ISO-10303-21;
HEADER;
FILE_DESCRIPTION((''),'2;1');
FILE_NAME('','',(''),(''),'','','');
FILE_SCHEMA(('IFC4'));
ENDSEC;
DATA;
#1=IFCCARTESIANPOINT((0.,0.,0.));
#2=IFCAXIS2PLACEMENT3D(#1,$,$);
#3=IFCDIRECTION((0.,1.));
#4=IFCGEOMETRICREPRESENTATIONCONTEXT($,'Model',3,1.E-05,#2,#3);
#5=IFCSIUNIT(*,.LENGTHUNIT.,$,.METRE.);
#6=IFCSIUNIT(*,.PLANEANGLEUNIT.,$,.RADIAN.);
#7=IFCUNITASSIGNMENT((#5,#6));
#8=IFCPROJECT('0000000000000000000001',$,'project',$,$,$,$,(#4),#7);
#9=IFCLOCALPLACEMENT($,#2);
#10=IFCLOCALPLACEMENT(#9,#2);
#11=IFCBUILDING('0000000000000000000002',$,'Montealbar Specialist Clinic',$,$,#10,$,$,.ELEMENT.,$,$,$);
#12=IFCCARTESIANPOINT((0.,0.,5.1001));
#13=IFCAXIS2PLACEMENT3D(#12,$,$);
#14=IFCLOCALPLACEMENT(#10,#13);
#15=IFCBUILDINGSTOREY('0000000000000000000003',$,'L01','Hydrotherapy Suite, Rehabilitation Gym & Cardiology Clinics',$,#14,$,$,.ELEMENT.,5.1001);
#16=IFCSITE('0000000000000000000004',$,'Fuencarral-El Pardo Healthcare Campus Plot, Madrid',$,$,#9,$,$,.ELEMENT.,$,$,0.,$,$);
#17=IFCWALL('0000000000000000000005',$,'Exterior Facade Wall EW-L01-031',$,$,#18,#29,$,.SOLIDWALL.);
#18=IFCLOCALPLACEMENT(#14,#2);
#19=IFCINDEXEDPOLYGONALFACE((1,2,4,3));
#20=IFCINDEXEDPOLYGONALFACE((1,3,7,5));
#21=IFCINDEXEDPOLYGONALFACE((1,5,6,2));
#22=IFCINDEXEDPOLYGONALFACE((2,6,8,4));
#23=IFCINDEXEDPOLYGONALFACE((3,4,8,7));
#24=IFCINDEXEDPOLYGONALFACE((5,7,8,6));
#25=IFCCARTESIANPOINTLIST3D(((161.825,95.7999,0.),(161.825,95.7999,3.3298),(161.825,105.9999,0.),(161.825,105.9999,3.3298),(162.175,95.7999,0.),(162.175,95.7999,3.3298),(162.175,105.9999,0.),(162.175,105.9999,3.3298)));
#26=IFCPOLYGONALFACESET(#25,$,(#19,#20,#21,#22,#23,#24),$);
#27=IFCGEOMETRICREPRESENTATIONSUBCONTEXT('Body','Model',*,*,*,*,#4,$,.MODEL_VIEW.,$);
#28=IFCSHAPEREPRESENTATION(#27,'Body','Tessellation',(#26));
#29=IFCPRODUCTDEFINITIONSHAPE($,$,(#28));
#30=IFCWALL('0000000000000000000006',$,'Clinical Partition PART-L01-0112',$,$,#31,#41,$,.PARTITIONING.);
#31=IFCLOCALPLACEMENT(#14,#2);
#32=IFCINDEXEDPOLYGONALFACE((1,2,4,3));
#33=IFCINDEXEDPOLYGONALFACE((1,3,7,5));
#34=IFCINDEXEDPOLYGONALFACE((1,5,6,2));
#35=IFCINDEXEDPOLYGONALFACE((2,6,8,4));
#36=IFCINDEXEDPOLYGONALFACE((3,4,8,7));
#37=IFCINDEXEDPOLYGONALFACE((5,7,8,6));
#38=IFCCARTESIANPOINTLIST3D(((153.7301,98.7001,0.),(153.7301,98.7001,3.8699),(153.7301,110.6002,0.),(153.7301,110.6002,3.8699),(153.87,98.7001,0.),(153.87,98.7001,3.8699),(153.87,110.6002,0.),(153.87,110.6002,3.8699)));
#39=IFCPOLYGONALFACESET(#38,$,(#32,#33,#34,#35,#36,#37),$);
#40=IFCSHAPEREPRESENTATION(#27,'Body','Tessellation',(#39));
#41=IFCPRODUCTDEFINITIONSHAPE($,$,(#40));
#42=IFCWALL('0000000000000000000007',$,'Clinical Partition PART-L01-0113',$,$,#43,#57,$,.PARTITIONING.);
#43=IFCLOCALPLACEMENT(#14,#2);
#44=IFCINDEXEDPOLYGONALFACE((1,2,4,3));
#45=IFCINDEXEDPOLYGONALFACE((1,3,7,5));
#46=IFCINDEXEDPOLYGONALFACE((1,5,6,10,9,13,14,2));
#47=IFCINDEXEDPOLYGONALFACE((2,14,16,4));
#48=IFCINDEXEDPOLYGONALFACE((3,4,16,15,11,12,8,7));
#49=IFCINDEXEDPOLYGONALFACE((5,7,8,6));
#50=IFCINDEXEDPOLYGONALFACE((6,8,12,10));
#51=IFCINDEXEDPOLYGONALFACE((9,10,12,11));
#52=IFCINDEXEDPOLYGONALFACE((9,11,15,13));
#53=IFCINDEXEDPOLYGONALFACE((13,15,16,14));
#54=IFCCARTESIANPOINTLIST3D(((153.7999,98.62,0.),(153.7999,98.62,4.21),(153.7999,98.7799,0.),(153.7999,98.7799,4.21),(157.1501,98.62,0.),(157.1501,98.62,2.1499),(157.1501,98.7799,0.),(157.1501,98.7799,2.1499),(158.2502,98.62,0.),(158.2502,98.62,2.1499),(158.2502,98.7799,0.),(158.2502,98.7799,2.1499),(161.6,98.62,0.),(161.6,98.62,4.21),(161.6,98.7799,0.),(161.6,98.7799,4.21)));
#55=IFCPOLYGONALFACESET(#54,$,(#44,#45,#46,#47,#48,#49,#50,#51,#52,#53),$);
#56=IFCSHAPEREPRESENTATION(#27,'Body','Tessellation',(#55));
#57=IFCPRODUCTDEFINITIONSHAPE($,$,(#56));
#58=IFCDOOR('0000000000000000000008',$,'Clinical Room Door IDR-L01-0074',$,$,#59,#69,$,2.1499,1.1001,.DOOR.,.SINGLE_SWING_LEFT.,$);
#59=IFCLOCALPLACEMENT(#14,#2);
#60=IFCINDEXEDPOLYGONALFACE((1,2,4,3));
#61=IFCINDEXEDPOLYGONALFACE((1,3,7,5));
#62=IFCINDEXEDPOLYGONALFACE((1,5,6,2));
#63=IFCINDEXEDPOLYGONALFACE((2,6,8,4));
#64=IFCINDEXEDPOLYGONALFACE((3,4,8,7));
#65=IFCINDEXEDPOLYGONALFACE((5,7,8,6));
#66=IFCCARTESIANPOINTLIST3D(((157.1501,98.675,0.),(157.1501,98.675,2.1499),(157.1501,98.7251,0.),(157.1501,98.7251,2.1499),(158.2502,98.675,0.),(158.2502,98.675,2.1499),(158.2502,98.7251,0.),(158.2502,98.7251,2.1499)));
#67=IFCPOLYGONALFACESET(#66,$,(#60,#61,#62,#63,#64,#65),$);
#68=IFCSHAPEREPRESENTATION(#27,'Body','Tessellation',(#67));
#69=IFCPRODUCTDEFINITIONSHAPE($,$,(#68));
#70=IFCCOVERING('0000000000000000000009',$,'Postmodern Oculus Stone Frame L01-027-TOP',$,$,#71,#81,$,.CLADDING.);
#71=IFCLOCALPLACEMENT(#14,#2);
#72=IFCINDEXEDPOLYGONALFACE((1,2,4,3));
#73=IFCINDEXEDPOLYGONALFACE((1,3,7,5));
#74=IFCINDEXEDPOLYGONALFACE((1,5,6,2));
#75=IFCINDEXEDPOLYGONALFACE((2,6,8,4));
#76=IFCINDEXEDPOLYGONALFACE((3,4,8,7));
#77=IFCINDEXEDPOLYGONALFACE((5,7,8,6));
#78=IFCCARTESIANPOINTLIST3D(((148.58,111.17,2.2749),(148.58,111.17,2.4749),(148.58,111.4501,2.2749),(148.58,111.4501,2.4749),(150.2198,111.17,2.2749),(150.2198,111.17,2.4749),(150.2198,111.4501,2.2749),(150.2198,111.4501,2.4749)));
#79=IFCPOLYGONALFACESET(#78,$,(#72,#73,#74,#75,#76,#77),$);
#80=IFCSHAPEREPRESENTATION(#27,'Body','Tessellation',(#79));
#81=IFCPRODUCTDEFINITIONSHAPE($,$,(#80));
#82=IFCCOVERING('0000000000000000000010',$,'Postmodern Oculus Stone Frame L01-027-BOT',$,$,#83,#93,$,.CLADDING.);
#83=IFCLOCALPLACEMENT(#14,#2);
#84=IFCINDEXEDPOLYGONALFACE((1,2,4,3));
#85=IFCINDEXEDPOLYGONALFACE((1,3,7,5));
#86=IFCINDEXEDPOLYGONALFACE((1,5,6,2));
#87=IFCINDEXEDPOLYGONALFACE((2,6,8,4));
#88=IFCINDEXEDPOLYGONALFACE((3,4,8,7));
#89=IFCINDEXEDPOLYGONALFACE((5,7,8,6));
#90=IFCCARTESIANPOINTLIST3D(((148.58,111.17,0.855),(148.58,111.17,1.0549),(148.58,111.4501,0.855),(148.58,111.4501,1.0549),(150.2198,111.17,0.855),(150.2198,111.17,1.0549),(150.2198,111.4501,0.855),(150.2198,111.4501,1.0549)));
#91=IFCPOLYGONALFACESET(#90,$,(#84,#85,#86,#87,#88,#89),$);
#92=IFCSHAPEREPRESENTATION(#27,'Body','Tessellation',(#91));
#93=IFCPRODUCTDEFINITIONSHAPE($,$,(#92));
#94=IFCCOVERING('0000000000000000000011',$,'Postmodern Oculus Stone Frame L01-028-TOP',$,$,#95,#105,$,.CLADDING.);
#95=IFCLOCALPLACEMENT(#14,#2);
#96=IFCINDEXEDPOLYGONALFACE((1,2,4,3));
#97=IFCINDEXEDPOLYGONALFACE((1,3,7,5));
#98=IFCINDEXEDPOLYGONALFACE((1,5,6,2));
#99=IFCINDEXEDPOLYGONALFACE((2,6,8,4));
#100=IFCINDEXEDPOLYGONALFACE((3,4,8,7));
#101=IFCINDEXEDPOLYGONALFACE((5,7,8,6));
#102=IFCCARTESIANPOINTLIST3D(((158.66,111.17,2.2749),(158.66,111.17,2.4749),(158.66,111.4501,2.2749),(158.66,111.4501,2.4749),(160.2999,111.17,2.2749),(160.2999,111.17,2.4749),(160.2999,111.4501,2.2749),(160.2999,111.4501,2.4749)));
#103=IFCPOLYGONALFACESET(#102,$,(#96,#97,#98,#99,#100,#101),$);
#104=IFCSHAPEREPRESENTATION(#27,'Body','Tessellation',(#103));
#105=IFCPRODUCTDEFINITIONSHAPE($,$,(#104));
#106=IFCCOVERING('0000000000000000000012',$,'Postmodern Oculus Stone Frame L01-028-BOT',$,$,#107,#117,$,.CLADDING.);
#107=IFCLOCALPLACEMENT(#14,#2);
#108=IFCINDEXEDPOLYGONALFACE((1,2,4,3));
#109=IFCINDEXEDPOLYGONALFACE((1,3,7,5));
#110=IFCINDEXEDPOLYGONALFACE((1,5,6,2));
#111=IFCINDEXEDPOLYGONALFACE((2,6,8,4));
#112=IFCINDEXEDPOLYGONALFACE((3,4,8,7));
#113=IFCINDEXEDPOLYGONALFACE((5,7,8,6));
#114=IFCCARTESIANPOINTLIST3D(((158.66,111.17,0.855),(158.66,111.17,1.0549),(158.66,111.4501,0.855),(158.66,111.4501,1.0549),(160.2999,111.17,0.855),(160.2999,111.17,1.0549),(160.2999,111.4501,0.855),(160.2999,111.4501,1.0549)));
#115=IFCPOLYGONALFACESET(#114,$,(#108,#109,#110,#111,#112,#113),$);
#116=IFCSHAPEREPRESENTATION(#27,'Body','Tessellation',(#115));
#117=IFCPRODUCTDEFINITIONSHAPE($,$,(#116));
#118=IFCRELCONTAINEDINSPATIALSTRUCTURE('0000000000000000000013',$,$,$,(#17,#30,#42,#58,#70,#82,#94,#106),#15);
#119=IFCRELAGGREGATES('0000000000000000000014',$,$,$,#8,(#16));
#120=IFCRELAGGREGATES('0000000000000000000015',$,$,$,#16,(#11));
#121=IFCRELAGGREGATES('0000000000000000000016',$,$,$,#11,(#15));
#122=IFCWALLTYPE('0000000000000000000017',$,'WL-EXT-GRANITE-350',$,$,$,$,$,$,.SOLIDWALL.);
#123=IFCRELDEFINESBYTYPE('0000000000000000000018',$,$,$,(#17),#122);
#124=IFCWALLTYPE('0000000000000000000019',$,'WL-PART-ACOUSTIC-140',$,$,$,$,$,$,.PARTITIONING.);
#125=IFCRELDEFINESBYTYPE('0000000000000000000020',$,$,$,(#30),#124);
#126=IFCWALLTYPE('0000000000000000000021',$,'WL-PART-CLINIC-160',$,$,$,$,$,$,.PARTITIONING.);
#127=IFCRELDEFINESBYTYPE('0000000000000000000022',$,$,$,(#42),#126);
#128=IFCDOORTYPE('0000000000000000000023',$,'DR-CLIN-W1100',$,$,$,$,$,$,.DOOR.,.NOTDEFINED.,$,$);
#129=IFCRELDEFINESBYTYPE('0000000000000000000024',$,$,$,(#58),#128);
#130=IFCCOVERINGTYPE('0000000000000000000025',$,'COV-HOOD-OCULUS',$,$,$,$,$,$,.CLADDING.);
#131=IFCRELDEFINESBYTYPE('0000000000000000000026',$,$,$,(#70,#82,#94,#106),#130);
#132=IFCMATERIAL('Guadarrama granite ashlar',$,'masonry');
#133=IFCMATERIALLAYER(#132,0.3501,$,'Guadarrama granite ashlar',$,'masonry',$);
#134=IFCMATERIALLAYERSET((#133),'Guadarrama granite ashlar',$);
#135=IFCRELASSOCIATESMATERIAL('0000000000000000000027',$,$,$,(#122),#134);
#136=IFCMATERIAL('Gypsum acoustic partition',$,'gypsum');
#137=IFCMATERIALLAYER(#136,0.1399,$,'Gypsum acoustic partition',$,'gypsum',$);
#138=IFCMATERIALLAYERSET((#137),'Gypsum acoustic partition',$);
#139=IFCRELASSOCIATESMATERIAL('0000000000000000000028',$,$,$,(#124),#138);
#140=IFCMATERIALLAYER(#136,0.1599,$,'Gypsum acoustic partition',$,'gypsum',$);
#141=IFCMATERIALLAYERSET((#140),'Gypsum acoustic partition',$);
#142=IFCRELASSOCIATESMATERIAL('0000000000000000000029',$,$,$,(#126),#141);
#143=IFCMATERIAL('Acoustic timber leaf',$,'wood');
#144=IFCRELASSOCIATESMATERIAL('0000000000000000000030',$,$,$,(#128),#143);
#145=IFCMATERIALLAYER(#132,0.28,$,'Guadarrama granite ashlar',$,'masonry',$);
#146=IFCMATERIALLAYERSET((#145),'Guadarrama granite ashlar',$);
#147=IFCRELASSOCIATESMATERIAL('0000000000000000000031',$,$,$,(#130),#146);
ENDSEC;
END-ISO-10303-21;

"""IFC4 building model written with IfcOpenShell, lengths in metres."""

from ifc_helpers import new_model, si_unit, direction, frame, frame_2d, origin, origin_2d, place, context, subcontext, project, spatial, rectangle, extrude, material, layer, layer_set, type_object, element, fill, save


model = new_model("IFC4")

# Units and contexts
model_context = context("Model", 3, precision=1e-05, world=origin(), true_north=direction((0.0, 1.0)))
body_context = subcontext(model_context, "Body", "Model", "MODEL_VIEW")
ifc_project = project(units=[si_unit("LENGTHUNIT", "METRE"), si_unit("PLANEANGLEUNIT", "RADIAN")], contexts=[model_context])

# Site, building, storey
site_placement = place(None, origin())
site = spatial("IfcSite", under=ifc_project, at=site_placement, Name="Fuencarral-El Pardo Healthcare Campus Plot, Madrid", CompositionType="ELEMENT", RefElevation=0.0)
building_placement = place(site_placement, origin())
building = spatial("IfcBuilding", under=site, at=building_placement, Name="Montealbar Specialist Clinic", CompositionType="ELEMENT")
storey_placement = place(building_placement, frame((0.0, 0.0, 5.1001)))
storey = spatial("IfcBuildingStorey", under=building, at=storey_placement, Name="L01", Description="Hydrotherapy Suite, Rehabilitation Gym & Cardiology Clinics", CompositionType="ELEMENT", Elevation=5.1001)

# Shared definitions
ifc_material_1 = material(Name="Guadarrama granite ashlar", Category="masonry")

# Shared definitions
ifc_layer_1 = layer(ifc_material_1, 0.3501, Name="Guadarrama granite ashlar", Category="masonry")
ifc_layer_set_1 = layer_set([ifc_layer_1], Name="Guadarrama granite ashlar")
wall_type_1 = type_object("IfcWallType", Name="WL-EXT-GRANITE-350", PredefinedType="SOLIDWALL", material=ifc_layer_set_1)

# Walls
wall_1_placement = place(storey_placement, frame((162.0, 106.0, 0.0), z_axis=(0.0, 0.0, 1.0), x_axis=(0.0, -1.0, 0.0)))
element("IfcWall", 1, at=wall_1_placement, inside=storey, type_object=wall_type_1, Name="Exterior Facade Wall EW-L01-031", PredefinedType="SOLIDWALL", context=body_context, shape_type="SweptSolid", body=[
    extrude(rectangle(XDim=10.2, YDim=0.3501, at=frame_2d((5.1001, 0.0))), origin(), (0.0, 0.0, 1.0), 3.3298),
])
ifc_material_2 = material(Name="Gypsum acoustic partition", Category="gypsum")
ifc_layer_2 = layer(ifc_material_2, 0.1399, Name="Gypsum acoustic partition", Category="gypsum")
ifc_layer_set_2 = layer_set([ifc_layer_2], Name="Gypsum acoustic partition")
wall_type_2 = type_object("IfcWallType", Name="WL-PART-ACOUSTIC-140", PredefinedType="PARTITIONING", material=ifc_layer_set_2)
wall_2_placement = place(storey_placement, frame((153.8, 98.7, 0.0), z_axis=(0.0, 0.0, 1.0), x_axis=(0.0, 1.0, 0.0)))
element("IfcWall", 2, at=wall_2_placement, inside=storey, type_object=wall_type_2, Name="Clinical Partition PART-L01-0112", PredefinedType="PARTITIONING", context=body_context, shape_type="SweptSolid", body=[
    extrude(rectangle(XDim=11.9001, YDim=0.1399, at=frame_2d((5.9502, 0.0))), origin(), (0.0, 0.0, 1.0), 3.8699),
])

# Wall, opening, door
ifc_layer_3 = layer(ifc_material_2, 0.1599, Name="Gypsum acoustic partition", Category="gypsum")
ifc_layer_set_3 = layer_set([ifc_layer_3], Name="Gypsum acoustic partition")
wall_type_3 = type_object("IfcWallType", Name="WL-PART-CLINIC-160", PredefinedType="PARTITIONING", material=ifc_layer_set_3)
wall_3_placement = place(storey_placement, frame((153.8, 98.7, 0.0), z_axis=(0.0, 0.0, 1.0), x_axis=(1.0, 0.0, 0.0)))
wall_3 = element("IfcWall", 3, at=wall_3_placement, inside=storey, type_object=wall_type_3, Name="Clinical Partition PART-L01-0113", PredefinedType="PARTITIONING", context=body_context, shape_type="SweptSolid", body=[
    extrude(rectangle(XDim=7.8, YDim=0.1599, at=frame_2d((3.8999, 0.0))), origin(), (0.0, 0.0, 1.0), 4.21),
])
opening_1_placement = place(wall_3_placement, frame((3.3501, 0.0, 0.0)))
opening_1 = element("IfcOpeningElement", 4, at=opening_1_placement, cuts=wall_3, PredefinedType="OPENING", context=body_context, shape_type="SweptSolid", body=[
    extrude(rectangle(XDim=1.1001, YDim=2.1499, at=frame_2d((0.55, 1.075))), frame((0.0, 0.0898, 0.0), z_axis=(0.0, -1.0, 0.0), x_axis=(1.0, 0.0, 0.0)), (0.0, 0.0, 1.0), 0.1799),
])
ifc_material_3 = material(Name="Acoustic timber leaf", Category="wood")
door_type = type_object("IfcDoorType", Name="DR-CLIN-W1100", OperationType="NOTDEFINED", PredefinedType="DOOR", material=ifc_material_3)
door_placement = place(opening_1_placement, frame((1.1001, 0.0, 0.0), z_axis=(0.0, 0.0, 1.0), x_axis=(-1.0, 0.0, 0.0)))
door = element("IfcDoor", 5, at=door_placement, inside=storey, type_object=door_type, Name="Clinical Room Door IDR-L01-0074", OperationType="SINGLE_SWING_LEFT", OverallHeight=2.1499, OverallWidth=1.1001, PredefinedType="DOOR", context=body_context, shape_type="SweptSolid", body=[
    extrude(rectangle(XDim=1.1001, YDim=2.1499, at=frame_2d((0.55, 1.075))), frame((0.0, 0.0249, 0.0), z_axis=(0.0, -1.0, 0.0), x_axis=(1.0, 0.0, 0.0)), (0.0, 0.0, 1.0), 0.05),
])
fill(opening_1, door)

# Coverings
ifc_layer_4 = layer(ifc_material_1, 0.28, Name="Guadarrama granite ashlar", Category="masonry")
ifc_layer_set_4 = layer_set([ifc_layer_4], Name="Guadarrama granite ashlar")
covering_type = type_object("IfcCoveringType", Name="COV-HOOD-OCULUS", PredefinedType="CLADDING", material=ifc_layer_set_4)
for number, where, z_axis, x_axis, name in (
    (6, (149.3999, 111.3101, 2.2749), (0.0, 0.0, 1.0), (1.0, 0.0, 0.0), "Postmodern Oculus Stone Frame L01-027-TOP"),
    (7, (149.3999, 111.3101, 0.855), (0.0, 0.0, 1.0), (1.0, 0.0, 0.0), "Postmodern Oculus Stone Frame L01-027-BOT"),
    (8, (159.48, 111.3101, 2.2749), (0.0, 0.0, 1.0), (1.0, 0.0, 0.0), "Postmodern Oculus Stone Frame L01-028-TOP"),
    (9, (159.48, 111.3101, 0.855), (0.0, 0.0, 1.0), (1.0, 0.0, 0.0), "Postmodern Oculus Stone Frame L01-028-BOT"),
):
    element("IfcCovering", number, at=place(storey_placement, frame(where, z_axis=z_axis, x_axis=x_axis)), inside=storey, type_object=covering_type, Name=name, PredefinedType="CLADDING", context=body_context, shape_type="SweptSolid", body=[
        extrude(rectangle(XDim=1.6399, YDim=0.28, at=origin_2d()), origin(), (0.0, 0.0, 1.0), 0.2),
    ])

save(model, "model.ifc")
